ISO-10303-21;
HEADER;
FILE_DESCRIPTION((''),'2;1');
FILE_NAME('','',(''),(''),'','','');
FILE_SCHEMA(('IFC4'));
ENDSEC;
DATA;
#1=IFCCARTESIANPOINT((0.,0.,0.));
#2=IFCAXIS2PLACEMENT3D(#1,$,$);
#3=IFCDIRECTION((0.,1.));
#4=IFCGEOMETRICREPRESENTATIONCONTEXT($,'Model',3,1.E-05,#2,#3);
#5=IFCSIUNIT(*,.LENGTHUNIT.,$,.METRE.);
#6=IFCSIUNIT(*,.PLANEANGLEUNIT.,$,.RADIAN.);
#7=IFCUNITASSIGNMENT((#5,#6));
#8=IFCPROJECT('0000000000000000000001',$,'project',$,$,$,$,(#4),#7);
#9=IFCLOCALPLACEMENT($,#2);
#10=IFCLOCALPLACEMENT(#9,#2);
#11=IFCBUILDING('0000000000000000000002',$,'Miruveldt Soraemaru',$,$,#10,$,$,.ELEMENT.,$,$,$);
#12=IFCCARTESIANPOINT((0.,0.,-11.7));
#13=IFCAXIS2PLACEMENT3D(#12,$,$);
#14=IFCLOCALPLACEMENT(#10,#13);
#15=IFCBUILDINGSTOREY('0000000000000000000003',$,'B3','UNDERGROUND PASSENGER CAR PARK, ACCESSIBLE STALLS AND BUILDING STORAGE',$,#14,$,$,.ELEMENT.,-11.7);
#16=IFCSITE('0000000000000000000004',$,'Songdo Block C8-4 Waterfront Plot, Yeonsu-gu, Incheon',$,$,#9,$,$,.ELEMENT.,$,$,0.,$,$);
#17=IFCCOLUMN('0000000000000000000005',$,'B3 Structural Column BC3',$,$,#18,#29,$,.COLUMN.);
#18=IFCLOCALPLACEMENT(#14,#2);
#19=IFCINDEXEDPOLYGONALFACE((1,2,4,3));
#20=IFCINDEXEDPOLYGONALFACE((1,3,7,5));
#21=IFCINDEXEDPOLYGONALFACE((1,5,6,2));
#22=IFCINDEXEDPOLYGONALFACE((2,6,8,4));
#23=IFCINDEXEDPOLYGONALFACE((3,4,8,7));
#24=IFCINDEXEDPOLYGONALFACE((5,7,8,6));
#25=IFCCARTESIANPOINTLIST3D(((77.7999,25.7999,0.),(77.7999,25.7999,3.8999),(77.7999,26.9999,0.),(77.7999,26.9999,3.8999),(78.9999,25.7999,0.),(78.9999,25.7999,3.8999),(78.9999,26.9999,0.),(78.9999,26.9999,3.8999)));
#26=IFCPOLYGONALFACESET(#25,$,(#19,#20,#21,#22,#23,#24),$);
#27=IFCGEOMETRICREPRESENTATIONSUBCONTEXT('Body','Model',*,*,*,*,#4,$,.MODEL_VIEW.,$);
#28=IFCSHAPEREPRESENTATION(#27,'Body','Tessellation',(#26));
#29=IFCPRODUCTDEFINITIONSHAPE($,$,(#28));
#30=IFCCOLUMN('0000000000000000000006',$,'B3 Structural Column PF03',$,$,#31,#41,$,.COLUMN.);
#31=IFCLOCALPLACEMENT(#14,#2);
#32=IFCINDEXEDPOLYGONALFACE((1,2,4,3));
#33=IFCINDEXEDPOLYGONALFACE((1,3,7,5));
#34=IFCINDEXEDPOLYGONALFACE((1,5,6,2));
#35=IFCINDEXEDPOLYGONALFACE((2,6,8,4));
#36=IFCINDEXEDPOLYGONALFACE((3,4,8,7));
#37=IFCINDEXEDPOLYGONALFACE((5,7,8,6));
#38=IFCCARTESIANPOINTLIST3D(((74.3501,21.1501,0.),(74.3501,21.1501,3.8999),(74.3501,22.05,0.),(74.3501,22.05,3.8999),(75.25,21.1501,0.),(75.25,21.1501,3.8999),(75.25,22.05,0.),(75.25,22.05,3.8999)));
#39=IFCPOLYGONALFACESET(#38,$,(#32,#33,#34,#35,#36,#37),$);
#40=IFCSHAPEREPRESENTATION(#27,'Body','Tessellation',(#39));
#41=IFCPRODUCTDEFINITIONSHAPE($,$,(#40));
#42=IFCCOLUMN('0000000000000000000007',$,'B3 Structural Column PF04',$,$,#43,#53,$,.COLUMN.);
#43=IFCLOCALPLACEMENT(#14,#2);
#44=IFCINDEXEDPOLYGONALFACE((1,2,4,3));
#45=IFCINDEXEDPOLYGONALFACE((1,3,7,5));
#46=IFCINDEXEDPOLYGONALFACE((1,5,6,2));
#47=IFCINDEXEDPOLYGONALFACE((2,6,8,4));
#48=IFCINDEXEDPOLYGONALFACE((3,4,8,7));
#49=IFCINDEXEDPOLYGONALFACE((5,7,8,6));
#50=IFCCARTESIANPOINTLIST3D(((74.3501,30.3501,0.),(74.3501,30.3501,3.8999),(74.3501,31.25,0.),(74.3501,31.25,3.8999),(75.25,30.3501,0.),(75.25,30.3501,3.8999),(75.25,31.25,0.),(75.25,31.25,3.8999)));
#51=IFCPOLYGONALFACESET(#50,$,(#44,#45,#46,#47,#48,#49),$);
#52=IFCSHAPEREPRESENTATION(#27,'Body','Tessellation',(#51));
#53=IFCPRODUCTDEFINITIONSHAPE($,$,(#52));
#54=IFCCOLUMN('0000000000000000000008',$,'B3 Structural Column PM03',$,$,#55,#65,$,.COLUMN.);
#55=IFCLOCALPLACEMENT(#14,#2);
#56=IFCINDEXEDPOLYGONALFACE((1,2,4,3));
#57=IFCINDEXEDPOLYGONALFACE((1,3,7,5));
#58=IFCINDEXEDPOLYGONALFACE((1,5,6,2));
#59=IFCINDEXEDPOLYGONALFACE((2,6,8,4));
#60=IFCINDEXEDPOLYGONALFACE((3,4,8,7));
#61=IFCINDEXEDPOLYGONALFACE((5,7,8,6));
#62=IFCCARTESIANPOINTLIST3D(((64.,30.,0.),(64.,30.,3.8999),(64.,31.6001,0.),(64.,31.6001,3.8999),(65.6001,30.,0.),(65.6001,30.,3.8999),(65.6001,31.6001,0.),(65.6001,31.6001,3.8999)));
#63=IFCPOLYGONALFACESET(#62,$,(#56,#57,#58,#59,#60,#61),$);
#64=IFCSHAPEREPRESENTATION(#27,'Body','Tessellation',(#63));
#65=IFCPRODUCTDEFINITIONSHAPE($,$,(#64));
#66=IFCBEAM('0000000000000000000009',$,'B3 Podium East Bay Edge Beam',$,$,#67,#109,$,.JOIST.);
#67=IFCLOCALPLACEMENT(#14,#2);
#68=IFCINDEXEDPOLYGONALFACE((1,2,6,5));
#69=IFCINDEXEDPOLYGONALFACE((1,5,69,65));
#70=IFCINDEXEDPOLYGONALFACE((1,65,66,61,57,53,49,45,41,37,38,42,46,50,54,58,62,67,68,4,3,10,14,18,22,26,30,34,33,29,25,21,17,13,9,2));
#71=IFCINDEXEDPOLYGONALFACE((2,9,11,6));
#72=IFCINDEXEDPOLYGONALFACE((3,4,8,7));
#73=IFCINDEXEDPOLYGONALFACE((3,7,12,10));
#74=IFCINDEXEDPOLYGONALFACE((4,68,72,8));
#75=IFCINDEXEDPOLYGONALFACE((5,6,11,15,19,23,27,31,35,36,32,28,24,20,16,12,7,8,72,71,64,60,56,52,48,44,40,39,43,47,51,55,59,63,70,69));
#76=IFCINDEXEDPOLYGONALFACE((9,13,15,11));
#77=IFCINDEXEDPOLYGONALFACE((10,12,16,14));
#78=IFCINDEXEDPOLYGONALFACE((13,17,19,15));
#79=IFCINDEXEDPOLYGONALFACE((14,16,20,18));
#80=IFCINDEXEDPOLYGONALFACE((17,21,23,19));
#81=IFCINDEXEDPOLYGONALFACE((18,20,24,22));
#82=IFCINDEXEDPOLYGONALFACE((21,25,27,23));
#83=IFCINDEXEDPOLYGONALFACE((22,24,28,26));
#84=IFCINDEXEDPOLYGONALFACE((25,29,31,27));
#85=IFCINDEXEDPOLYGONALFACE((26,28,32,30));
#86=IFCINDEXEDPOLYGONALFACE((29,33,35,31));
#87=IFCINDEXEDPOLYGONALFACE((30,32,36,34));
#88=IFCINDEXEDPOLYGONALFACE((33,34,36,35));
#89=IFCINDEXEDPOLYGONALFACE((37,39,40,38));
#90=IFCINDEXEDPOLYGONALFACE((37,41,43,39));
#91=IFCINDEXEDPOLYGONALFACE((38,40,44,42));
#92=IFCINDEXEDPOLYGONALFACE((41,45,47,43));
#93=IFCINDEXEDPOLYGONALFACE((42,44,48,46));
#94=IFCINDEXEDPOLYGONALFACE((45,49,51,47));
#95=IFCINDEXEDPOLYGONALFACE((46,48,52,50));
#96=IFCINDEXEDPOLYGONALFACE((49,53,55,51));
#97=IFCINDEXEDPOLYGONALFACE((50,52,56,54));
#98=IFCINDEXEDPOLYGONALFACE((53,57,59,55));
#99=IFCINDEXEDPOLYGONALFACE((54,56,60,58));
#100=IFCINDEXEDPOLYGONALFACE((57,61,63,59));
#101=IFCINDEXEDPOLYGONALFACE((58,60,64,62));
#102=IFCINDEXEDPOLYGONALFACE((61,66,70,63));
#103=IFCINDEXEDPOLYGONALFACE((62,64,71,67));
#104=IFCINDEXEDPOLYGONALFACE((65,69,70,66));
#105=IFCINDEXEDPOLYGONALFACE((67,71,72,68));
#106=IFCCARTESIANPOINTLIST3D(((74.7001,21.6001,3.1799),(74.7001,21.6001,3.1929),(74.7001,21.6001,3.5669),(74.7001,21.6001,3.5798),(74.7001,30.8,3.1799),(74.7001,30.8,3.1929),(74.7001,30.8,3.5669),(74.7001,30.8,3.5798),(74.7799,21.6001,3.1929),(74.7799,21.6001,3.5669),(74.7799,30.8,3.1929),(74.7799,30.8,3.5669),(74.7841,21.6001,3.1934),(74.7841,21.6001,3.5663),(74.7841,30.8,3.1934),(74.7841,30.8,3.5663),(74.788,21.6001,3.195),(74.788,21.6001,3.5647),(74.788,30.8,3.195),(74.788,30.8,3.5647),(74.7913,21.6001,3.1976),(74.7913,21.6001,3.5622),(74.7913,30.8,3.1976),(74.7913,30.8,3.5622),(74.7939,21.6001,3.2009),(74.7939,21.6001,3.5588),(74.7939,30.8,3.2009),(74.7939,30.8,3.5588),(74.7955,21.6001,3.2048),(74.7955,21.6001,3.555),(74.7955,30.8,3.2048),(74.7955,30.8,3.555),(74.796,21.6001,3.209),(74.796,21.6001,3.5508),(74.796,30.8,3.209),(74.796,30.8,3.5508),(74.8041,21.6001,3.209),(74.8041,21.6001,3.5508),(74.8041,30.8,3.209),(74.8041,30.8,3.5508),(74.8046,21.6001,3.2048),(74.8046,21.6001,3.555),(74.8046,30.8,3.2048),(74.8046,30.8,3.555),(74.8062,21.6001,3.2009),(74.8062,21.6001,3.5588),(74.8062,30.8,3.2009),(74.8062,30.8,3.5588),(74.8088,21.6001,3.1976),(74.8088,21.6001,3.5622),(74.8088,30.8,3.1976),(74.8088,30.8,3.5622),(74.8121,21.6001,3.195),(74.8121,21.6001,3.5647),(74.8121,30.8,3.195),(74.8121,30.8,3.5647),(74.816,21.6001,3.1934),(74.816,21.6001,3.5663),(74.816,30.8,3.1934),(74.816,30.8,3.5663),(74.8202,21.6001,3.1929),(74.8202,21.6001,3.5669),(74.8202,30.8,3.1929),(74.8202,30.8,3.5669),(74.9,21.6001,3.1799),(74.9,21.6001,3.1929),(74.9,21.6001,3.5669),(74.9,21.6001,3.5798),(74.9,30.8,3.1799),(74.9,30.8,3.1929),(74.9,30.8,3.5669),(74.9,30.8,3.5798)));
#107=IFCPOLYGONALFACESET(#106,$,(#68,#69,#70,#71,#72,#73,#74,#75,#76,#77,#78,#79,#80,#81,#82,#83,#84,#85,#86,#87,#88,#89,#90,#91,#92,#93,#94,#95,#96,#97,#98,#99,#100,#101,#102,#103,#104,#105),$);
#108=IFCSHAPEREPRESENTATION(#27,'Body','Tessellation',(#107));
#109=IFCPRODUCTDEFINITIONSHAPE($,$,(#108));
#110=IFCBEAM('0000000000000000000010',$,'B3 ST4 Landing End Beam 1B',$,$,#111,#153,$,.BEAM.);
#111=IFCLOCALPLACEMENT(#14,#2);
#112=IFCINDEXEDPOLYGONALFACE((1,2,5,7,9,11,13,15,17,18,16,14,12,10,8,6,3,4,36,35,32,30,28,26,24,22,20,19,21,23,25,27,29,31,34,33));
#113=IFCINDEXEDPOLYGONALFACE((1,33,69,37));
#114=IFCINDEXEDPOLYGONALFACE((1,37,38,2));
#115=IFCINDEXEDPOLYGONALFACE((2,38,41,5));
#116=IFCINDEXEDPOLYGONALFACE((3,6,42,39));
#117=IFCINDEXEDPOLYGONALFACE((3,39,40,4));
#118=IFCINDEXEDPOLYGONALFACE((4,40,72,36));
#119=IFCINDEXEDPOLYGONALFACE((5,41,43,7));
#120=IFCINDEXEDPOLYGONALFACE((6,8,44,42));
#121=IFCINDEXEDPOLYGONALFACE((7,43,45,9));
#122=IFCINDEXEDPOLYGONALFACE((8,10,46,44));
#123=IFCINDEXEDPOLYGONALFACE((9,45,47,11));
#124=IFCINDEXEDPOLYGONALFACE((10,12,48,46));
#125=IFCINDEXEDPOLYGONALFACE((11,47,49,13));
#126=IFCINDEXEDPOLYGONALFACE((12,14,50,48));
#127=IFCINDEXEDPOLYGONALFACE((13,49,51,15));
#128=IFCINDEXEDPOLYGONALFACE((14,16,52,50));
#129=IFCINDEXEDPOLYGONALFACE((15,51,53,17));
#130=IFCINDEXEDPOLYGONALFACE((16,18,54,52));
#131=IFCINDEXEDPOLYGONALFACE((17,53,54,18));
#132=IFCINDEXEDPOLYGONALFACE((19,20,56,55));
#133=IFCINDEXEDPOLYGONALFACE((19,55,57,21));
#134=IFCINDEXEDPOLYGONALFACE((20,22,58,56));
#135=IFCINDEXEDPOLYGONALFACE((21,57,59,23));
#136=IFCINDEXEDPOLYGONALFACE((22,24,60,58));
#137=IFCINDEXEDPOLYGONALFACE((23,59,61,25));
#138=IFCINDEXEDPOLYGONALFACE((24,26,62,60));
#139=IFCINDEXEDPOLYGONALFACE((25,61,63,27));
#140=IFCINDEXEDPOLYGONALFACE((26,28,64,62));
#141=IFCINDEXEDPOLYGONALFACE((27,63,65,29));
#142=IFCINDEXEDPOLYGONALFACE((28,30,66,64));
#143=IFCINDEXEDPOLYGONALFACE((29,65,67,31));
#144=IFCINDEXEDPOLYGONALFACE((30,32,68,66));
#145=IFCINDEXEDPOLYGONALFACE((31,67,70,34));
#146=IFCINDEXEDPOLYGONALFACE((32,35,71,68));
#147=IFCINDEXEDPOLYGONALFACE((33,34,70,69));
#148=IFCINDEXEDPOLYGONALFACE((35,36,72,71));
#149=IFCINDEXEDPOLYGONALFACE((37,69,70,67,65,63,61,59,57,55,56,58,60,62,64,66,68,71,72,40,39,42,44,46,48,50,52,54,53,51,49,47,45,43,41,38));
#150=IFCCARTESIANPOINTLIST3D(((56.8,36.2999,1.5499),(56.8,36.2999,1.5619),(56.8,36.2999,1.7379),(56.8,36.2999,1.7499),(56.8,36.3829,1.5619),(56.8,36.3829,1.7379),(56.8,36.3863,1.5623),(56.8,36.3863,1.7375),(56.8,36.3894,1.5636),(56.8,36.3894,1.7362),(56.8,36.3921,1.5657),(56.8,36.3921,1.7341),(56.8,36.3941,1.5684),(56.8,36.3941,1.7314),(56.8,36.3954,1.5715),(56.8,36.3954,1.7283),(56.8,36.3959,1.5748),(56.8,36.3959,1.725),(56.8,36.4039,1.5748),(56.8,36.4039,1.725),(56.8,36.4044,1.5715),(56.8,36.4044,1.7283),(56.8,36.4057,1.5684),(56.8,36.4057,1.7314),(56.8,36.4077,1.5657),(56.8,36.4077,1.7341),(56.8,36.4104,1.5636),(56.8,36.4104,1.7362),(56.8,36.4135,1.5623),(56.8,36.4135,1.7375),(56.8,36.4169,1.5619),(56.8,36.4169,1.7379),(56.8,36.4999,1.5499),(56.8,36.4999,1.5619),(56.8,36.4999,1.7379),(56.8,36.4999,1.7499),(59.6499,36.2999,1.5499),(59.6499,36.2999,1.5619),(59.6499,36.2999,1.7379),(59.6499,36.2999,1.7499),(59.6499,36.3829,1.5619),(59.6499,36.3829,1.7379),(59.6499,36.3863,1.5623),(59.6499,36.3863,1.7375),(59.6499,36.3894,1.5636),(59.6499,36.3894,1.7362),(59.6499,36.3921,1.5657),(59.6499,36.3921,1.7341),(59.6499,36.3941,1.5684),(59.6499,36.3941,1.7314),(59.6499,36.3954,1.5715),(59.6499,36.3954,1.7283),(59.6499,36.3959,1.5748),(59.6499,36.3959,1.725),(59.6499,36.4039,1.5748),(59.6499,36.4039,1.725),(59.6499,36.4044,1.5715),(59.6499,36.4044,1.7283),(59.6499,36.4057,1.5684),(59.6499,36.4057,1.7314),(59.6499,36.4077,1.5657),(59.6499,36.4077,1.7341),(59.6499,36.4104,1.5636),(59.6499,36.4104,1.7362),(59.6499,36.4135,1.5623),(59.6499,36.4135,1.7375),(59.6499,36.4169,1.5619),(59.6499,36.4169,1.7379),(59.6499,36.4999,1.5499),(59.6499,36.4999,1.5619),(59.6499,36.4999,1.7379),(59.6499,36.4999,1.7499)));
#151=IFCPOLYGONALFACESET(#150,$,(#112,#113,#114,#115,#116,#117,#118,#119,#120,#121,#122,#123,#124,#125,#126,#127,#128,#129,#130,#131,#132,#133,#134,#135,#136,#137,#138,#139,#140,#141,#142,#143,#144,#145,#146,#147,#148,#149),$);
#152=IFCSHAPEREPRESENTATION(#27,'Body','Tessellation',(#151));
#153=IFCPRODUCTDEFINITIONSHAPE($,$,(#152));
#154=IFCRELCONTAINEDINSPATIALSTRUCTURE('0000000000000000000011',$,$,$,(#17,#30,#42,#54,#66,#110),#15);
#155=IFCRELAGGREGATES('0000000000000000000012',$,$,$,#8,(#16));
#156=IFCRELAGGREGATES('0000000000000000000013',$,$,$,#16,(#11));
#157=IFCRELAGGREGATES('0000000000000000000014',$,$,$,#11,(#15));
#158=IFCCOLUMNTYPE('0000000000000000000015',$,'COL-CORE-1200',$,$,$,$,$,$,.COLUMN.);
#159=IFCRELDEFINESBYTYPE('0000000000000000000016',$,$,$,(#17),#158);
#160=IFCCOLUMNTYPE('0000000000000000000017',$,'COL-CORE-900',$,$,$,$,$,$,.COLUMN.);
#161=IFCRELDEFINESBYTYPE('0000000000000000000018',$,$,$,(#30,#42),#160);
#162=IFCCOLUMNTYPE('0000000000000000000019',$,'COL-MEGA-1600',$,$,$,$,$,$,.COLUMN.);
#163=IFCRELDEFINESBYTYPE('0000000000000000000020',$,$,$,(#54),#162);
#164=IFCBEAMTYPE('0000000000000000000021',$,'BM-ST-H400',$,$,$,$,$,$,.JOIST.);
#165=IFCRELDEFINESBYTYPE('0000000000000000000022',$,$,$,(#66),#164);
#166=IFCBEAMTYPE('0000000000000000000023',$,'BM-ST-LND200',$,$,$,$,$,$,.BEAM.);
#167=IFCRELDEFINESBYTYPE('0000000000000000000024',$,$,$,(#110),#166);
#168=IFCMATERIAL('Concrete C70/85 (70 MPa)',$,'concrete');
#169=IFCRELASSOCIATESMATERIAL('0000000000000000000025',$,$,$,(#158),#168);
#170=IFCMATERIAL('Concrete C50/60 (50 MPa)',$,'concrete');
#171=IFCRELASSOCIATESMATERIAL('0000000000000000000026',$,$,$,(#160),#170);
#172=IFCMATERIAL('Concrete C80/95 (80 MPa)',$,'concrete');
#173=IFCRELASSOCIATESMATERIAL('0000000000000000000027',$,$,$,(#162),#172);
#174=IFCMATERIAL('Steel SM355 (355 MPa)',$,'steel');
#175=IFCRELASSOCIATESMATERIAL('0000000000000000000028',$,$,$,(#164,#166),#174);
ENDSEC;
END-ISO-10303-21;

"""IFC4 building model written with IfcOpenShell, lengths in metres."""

from ifc_helpers import new_model, si_unit, direction, frame, origin, origin_2d, place, context, subcontext, project, spatial, rectangle, i_section, extrude, material, material_profile, profile_set, type_object, element, save


model = new_model("IFC4")

# Units and contexts
model_context = context("Model", 3, precision=1e-05, world=origin(), true_north=direction((0.0, 1.0)))
body_context = subcontext(model_context, "Body", "Model", "MODEL_VIEW")
ifc_project = project(units=[si_unit("LENGTHUNIT", "METRE"), si_unit("PLANEANGLEUNIT", "RADIAN")], contexts=[model_context])

# Site, building, storey
site_placement = place(None, origin())
site = spatial("IfcSite", under=ifc_project, at=site_placement, Name="Songdo Block C8-4 Waterfront Plot, Yeonsu-gu, Incheon", CompositionType="ELEMENT", RefElevation=0.0)
building_placement = place(site_placement, origin())
building = spatial("IfcBuilding", under=site, at=building_placement, Name="Miruveldt Soraemaru", CompositionType="ELEMENT")
storey_placement = place(building_placement, frame((0.0, 0.0, -11.7)))
storey = spatial("IfcBuildingStorey", under=building, at=storey_placement, Name="B3", Description="UNDERGROUND PASSENGER CAR PARK, ACCESSIBLE STALLS AND BUILDING STORAGE", CompositionType="ELEMENT", Elevation=-11.7)

# Columns
ifc_material_1 = material(Name="Concrete C70/85 (70 MPa)", Category="concrete")
ifc_material_profile_1 = material_profile(ifc_material_1, rectangle(XDim=1.2, YDim=1.2, at=origin_2d()), Name="Concrete C70/85 (70 MPa)", Category="concrete")
ifc_profile_set_1 = profile_set([ifc_material_profile_1], Name="Concrete C70/85 (70 MPa)")
column_type_1 = type_object("IfcColumnType", Name="COL-CORE-1200", PredefinedType="COLUMN", material=ifc_profile_set_1)
column_1_placement = place(storey_placement, frame((78.3999, 26.3999, 0.0), z_axis=(0.0, 0.0, 1.0), x_axis=(1.0, 0.0, 0.0)))
element("IfcColumn", 1, at=column_1_placement, inside=storey, type_object=column_type_1, Name="B3 Structural Column BC3", PredefinedType="COLUMN", context=body_context, shape_type="SweptSolid", body=[
    extrude(rectangle(XDim=1.2, YDim=1.2, at=origin_2d()), origin(), (0.0, 0.0, 1.0), 3.8999),
])
ifc_material_2 = material(Name="Concrete C50/60 (50 MPa)", Category="concrete")
ifc_material_profile_2 = material_profile(ifc_material_2, rectangle(XDim=0.8999, YDim=0.8999, at=origin_2d()), Name="Concrete C50/60 (50 MPa)", Category="concrete")
ifc_profile_set_2 = profile_set([ifc_material_profile_2], Name="Concrete C50/60 (50 MPa)")
column_type_2 = type_object("IfcColumnType", Name="COL-CORE-900", PredefinedType="COLUMN", material=ifc_profile_set_2)
for number, where, z_axis, x_axis, name in (
    (2, (74.8, 21.6001, 0.0), (0.0, 0.0, 1.0), (1.0, 0.0, 0.0), "B3 Structural Column PF03"),
    (3, (74.8, 30.8, 0.0), (0.0, 0.0, 1.0), (1.0, 0.0, 0.0), "B3 Structural Column PF04"),
):
    element("IfcColumn", number, at=place(storey_placement, frame(where, z_axis=z_axis, x_axis=x_axis)), inside=storey, type_object=column_type_2, Name=name, PredefinedType="COLUMN", context=body_context, shape_type="SweptSolid", body=[
        extrude(rectangle(XDim=0.8999, YDim=0.8999, at=origin_2d()), origin(), (0.0, 0.0, 1.0), 3.8999),
    ])
ifc_material_3 = material(Name="Concrete C80/95 (80 MPa)", Category="concrete")
ifc_material_profile_3 = material_profile(ifc_material_3, rectangle(XDim=1.6001, YDim=1.6001, at=origin_2d()), Name="Concrete C80/95 (80 MPa)", Category="concrete")
ifc_profile_set_3 = profile_set([ifc_material_profile_3], Name="Concrete C80/95 (80 MPa)")
column_type_3 = type_object("IfcColumnType", Name="COL-MEGA-1600", PredefinedType="COLUMN", material=ifc_profile_set_3)
column_2_placement = place(storey_placement, frame((64.8, 30.8, 0.0), z_axis=(0.0, 0.0, 1.0), x_axis=(1.0, 0.0, 0.0)))
element("IfcColumn", 4, at=column_2_placement, inside=storey, type_object=column_type_3, Name="B3 Structural Column PM03", PredefinedType="COLUMN", context=body_context, shape_type="SweptSolid", body=[
    extrude(rectangle(XDim=1.6001, YDim=1.6001, at=origin_2d()), origin(), (0.0, 0.0, 1.0), 3.8999),
])

# Beams
ifc_material_4 = material(Name="Steel SM355 (355 MPa)", Category="steel")
ifc_material_profile_4 = material_profile(ifc_material_4, i_section(OverallWidth=0.2, OverallDepth=0.3999, WebThickness=0.0081, FlangeThickness=0.0129, FilletRadius=0.0161, at=origin_2d()), Name="Steel SM355 (355 MPa)", Category="steel")
ifc_profile_set_4 = profile_set([ifc_material_profile_4], Name="Steel SM355 (355 MPa)")
beam_type_1 = type_object("IfcBeamType", Name="BM-ST-H400", PredefinedType="JOIST", material=ifc_profile_set_4)
beam_1_placement = place(storey_placement, frame((74.8, 30.8, 3.3799), z_axis=(0.0, -1.0, 0.0), x_axis=(1.0, 0.0, 0.0)))
element("IfcBeam", 5, at=beam_1_placement, inside=storey, type_object=beam_type_1, Name="B3 Podium East Bay Edge Beam", PredefinedType="JOIST", context=body_context, shape_type="SweptSolid", body=[
    extrude(i_section(OverallWidth=0.2, OverallDepth=0.3999, WebThickness=0.0081, FlangeThickness=0.0129, FilletRadius=0.0161, at=origin_2d()), origin(), (0.0, 0.0, 1.0), 9.2),
])
ifc_material_profile_5 = material_profile(ifc_material_4, i_section(OverallWidth=0.2, OverallDepth=0.2, WebThickness=0.0081, FlangeThickness=0.012, FilletRadius=0.0129, at=origin_2d()), Name="Steel SM355 (355 MPa)", Category="steel")
ifc_profile_set_5 = profile_set([ifc_material_profile_5], Name="Steel SM355 (355 MPa)")
beam_type_2 = type_object("IfcBeamType", Name="BM-ST-LND200", PredefinedType="BEAM", material=ifc_profile_set_5)
for number, where, z_axis, x_axis, name in (
    (6, (56.8, 36.3999, 1.6499), (1.0, 0.0, 0.0), (0.0, 1.0, 0.0), "B3 ST4 Landing End Beam 1B"),
):
    element("IfcBeam", number, at=place(storey_placement, frame(where, z_axis=z_axis, x_axis=x_axis)), inside=storey, type_object=beam_type_2, Name=name, PredefinedType="BEAM", context=body_context, shape_type="SweptSolid", body=[
        extrude(i_section(OverallWidth=0.2, OverallDepth=0.2, WebThickness=0.0081, FlangeThickness=0.012, FilletRadius=0.0129, at=origin_2d()), origin(), (0.0, 0.0, 1.0), 2.8499),
    ])

save(model, "model.ifc")
